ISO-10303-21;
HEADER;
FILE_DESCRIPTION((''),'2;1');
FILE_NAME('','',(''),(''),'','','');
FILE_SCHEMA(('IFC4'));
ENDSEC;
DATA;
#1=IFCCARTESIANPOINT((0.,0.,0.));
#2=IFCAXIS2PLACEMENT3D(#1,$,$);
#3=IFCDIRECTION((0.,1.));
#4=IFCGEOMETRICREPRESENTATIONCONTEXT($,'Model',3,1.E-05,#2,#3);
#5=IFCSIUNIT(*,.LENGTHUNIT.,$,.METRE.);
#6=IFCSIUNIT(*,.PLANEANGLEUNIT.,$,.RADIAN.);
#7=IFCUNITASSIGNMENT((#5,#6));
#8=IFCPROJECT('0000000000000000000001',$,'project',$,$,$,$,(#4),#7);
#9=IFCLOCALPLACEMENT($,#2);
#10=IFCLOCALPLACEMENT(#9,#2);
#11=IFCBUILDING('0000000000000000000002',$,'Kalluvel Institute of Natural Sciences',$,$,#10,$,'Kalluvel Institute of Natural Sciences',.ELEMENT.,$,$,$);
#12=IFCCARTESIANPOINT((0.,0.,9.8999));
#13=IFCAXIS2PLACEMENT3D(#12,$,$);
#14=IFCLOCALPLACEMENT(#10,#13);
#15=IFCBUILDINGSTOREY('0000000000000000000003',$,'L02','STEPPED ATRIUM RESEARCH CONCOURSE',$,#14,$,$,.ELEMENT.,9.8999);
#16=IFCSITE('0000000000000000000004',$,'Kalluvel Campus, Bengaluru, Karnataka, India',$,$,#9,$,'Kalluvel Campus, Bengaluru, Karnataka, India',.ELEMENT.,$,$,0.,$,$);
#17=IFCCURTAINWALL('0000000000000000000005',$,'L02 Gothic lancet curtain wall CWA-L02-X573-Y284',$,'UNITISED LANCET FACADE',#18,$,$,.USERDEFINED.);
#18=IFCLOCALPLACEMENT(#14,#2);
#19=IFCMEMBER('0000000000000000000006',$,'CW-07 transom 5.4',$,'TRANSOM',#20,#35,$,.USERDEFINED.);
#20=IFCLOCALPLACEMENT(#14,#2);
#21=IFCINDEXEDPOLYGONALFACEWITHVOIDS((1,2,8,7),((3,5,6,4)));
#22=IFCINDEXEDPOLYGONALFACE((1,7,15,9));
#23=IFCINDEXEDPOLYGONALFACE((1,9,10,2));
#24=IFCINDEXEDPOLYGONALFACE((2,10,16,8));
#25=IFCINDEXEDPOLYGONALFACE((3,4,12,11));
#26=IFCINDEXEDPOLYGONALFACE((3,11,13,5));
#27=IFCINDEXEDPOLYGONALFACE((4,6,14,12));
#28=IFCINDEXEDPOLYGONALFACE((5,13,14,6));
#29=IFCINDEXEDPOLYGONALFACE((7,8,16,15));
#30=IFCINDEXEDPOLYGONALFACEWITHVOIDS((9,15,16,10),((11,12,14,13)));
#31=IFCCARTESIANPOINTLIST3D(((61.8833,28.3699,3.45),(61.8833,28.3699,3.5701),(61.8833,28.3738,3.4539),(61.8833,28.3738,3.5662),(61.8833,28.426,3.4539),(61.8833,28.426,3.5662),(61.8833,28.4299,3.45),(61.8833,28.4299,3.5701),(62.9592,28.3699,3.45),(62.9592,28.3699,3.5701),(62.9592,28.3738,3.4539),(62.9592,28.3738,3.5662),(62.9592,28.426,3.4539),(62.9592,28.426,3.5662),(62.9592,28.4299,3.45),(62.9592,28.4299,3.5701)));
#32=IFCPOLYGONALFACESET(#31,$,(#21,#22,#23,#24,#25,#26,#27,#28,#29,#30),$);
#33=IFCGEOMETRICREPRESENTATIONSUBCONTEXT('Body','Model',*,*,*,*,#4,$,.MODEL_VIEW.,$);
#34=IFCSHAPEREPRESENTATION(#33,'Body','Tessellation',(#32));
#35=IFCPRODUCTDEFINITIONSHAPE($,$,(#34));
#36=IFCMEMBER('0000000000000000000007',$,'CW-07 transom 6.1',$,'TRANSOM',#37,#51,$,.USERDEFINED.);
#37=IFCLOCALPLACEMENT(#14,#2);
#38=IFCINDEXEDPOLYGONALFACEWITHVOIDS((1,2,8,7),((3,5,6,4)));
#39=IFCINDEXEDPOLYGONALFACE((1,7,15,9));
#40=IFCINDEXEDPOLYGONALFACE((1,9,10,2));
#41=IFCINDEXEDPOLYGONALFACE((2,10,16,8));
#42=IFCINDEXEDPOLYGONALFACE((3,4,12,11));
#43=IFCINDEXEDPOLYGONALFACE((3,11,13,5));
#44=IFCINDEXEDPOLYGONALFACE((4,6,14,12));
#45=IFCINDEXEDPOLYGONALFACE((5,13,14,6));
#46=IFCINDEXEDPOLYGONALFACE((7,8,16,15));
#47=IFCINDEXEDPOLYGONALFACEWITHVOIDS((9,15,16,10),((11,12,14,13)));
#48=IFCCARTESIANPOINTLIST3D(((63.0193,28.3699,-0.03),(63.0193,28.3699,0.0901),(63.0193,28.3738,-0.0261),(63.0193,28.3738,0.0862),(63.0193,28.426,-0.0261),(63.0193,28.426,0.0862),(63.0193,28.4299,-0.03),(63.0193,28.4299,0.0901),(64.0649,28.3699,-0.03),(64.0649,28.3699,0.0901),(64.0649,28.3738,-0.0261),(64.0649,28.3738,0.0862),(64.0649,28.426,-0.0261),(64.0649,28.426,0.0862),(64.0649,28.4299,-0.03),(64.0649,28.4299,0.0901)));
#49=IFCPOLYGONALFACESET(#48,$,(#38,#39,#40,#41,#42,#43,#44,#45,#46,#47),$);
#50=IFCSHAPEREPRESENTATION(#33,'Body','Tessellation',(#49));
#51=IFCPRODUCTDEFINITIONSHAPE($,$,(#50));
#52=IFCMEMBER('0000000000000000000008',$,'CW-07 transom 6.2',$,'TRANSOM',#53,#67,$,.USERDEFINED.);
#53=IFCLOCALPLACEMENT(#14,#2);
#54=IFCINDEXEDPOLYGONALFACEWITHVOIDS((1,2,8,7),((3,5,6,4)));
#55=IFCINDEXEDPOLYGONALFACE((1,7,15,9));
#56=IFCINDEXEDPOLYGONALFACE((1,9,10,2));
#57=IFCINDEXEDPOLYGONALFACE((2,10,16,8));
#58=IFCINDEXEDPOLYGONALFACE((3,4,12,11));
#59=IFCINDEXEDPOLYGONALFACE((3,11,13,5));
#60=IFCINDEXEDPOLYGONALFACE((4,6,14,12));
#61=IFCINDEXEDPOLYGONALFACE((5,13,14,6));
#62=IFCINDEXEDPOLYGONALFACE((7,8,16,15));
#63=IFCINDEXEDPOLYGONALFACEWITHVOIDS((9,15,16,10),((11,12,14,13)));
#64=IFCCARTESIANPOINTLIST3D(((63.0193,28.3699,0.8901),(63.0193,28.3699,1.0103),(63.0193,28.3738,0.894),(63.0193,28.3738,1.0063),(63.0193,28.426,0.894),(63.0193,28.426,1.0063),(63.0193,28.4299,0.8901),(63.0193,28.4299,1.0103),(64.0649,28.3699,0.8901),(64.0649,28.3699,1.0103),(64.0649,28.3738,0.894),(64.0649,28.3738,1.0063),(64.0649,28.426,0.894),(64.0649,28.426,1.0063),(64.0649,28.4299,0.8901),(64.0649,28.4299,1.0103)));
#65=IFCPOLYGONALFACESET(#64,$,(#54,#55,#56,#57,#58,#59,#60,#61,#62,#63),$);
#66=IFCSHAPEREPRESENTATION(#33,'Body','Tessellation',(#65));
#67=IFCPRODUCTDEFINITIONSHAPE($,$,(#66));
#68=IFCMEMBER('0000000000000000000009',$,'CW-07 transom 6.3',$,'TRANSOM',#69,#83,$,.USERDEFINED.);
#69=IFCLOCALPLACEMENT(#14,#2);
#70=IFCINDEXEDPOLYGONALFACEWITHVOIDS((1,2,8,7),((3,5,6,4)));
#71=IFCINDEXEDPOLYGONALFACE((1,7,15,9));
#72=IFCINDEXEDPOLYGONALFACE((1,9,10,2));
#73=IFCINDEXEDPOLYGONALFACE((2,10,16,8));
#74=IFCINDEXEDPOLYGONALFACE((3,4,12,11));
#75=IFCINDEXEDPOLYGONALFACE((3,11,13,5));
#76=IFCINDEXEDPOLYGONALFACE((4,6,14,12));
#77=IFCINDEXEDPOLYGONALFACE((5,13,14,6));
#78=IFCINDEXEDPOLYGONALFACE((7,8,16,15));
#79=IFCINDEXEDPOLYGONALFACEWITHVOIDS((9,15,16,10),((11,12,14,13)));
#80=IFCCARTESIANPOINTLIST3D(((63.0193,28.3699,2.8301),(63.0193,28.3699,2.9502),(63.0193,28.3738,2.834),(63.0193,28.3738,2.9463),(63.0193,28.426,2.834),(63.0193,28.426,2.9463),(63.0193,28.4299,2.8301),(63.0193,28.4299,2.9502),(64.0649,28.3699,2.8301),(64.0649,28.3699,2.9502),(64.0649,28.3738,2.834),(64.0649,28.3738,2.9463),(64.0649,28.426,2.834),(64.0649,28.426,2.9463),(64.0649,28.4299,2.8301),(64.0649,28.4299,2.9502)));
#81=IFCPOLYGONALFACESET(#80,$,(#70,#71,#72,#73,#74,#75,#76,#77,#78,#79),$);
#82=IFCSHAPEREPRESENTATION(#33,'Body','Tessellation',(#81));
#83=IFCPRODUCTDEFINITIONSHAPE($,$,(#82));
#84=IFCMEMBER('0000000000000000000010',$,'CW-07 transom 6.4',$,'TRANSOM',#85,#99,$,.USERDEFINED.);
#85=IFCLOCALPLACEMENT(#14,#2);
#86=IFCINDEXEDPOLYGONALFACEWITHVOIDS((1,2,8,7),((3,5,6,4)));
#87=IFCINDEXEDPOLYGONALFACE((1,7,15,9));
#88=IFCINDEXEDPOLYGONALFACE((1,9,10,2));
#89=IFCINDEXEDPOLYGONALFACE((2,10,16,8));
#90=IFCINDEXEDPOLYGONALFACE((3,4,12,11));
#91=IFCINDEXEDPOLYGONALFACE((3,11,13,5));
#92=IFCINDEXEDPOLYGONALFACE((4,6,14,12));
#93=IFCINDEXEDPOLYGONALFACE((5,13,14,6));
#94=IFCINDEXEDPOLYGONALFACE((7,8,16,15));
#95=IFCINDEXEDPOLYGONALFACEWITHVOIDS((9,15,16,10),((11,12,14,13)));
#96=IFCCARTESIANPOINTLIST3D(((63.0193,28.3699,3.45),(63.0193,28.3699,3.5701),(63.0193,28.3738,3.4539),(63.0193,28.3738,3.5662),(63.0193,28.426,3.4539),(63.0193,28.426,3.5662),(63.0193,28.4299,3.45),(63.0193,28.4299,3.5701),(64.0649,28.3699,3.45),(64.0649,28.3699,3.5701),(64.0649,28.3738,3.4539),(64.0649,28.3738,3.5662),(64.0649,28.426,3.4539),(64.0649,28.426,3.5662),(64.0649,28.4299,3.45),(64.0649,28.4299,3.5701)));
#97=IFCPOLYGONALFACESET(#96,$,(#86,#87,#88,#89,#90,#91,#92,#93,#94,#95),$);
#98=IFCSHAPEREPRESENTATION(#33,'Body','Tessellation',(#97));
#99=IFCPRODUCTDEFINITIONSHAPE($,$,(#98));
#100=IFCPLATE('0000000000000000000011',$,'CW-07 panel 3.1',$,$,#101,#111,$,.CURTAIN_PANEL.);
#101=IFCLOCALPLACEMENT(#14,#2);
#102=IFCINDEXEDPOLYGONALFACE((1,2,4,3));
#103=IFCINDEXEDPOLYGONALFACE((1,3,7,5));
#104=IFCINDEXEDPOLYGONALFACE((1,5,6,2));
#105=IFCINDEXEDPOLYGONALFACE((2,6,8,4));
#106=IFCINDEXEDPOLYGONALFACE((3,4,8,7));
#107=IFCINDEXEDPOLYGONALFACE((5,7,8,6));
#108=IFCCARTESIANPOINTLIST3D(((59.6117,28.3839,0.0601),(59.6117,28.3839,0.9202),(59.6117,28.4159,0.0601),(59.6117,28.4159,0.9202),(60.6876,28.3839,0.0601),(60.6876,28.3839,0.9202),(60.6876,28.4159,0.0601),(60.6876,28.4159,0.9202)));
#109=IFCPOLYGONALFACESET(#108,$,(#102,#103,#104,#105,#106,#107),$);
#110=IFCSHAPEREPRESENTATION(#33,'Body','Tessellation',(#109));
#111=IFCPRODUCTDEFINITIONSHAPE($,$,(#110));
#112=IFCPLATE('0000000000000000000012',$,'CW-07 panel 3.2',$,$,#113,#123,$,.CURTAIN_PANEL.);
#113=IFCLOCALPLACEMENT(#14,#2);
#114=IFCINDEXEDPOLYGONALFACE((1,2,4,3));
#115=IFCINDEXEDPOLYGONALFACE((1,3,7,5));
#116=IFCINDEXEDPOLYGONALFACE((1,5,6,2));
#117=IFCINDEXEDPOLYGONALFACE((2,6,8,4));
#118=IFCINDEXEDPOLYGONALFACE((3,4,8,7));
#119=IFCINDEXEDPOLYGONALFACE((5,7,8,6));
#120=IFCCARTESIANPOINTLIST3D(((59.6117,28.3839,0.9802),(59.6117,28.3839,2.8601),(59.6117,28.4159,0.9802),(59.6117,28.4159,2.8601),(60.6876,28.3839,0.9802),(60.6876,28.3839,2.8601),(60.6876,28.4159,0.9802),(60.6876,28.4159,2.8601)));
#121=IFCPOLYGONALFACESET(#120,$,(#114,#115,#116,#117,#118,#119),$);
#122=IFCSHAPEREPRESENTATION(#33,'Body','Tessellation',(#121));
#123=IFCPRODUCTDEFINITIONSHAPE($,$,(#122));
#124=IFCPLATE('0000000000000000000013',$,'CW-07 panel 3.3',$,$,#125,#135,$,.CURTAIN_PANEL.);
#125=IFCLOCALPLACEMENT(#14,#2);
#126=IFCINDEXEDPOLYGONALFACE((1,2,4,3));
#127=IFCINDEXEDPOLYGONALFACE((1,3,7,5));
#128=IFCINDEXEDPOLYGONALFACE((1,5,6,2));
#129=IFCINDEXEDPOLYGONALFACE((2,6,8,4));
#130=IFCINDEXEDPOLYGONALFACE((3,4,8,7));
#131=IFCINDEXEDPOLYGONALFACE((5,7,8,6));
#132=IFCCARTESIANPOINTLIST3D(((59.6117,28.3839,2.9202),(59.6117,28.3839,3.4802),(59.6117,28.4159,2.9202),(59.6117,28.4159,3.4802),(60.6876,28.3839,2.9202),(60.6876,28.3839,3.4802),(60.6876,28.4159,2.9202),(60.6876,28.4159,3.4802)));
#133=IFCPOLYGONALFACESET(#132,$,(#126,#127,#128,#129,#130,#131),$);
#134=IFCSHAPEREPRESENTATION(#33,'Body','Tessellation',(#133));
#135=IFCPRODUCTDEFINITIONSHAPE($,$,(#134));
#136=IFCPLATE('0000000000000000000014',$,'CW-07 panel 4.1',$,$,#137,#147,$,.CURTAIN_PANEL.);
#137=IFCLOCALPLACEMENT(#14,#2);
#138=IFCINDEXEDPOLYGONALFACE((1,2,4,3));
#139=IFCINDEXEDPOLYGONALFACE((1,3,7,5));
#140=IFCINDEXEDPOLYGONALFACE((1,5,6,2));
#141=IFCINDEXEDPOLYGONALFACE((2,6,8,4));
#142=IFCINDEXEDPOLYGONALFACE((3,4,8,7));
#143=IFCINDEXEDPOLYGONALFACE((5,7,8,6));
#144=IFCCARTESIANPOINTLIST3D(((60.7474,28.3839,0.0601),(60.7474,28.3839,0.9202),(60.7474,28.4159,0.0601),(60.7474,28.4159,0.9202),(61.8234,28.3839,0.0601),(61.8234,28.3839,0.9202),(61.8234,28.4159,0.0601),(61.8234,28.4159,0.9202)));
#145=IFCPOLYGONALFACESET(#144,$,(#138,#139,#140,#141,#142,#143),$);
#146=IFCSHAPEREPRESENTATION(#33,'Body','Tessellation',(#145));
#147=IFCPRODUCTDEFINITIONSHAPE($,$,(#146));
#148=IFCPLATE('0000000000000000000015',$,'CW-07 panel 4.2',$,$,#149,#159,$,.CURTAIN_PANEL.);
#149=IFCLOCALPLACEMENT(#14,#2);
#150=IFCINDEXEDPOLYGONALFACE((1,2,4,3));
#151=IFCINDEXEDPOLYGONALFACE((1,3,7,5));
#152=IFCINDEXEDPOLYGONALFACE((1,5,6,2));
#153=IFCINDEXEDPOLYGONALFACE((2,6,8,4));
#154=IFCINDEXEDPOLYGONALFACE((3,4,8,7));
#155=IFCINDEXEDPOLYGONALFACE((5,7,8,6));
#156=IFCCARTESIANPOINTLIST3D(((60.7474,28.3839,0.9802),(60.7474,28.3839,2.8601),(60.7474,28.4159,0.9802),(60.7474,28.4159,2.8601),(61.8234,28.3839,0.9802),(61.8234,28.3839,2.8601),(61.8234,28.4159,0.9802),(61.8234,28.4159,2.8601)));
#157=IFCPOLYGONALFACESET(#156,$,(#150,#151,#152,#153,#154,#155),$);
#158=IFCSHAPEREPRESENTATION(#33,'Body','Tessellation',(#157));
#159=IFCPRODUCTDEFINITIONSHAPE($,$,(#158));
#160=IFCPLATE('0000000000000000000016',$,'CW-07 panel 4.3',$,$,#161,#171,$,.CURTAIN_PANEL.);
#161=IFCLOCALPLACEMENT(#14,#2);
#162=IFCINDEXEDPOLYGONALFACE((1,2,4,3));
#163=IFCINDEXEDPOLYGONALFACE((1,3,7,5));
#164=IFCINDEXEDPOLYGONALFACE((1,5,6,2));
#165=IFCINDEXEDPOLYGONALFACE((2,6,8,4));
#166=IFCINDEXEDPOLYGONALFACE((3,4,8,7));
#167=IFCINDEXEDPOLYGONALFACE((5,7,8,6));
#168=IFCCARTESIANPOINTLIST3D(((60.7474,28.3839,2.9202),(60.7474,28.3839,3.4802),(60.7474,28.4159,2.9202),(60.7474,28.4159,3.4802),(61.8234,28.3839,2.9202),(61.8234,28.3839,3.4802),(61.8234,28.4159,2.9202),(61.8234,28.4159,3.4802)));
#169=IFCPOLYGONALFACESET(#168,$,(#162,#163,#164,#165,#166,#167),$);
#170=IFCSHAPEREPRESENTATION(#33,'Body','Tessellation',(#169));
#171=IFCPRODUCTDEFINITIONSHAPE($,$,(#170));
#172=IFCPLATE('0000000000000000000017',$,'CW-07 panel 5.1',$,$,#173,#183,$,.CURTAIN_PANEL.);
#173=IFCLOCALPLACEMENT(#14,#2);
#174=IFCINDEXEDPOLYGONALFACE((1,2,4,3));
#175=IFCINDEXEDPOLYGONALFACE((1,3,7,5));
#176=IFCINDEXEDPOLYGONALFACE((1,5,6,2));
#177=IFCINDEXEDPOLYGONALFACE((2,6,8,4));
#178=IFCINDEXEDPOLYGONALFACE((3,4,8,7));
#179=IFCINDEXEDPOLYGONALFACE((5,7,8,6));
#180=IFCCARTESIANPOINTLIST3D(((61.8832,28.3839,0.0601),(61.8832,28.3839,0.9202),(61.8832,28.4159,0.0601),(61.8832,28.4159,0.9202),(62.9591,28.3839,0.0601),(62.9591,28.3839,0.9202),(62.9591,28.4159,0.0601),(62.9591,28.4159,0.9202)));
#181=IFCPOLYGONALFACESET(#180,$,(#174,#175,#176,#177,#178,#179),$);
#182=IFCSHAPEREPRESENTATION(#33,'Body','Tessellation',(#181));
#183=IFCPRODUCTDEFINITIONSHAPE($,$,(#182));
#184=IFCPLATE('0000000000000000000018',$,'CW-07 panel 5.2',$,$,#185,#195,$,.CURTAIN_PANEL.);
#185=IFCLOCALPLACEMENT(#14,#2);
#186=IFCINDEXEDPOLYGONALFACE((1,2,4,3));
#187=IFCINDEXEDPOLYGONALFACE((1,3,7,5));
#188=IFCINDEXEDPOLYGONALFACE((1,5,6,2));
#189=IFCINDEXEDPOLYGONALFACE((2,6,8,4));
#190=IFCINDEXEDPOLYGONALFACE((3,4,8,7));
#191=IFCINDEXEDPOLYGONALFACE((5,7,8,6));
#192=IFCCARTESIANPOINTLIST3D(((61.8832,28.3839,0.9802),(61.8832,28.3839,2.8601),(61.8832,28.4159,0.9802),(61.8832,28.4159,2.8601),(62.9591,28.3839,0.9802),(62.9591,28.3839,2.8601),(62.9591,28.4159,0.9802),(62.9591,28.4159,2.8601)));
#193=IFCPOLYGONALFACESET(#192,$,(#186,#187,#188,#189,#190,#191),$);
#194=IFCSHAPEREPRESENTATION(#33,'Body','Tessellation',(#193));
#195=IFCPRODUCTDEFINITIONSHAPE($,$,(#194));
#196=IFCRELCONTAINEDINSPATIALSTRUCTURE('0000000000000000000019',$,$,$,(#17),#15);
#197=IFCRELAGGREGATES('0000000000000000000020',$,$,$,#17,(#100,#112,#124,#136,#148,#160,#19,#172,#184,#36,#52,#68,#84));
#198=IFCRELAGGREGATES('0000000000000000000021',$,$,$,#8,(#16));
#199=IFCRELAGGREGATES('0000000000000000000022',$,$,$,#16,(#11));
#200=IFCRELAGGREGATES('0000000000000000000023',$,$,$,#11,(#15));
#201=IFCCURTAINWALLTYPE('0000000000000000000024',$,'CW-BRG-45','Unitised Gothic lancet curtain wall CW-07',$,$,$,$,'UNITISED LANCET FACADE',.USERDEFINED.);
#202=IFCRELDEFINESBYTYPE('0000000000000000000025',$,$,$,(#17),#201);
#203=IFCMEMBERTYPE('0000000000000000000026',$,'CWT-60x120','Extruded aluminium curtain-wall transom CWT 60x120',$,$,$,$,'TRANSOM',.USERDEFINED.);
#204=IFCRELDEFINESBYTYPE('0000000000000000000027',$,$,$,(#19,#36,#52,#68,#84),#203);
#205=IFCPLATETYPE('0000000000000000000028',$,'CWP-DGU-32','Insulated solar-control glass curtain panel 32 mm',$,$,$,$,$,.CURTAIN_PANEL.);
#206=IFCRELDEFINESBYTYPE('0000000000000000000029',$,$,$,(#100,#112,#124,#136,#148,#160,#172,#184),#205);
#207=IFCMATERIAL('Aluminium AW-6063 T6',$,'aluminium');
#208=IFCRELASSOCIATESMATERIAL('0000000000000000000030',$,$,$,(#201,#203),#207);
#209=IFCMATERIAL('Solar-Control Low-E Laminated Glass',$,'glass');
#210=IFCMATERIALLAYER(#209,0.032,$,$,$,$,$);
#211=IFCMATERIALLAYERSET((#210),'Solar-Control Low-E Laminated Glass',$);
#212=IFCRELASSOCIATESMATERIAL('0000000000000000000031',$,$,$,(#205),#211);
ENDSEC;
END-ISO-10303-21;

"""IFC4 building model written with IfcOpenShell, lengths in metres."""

from ifc_helpers import new_model, si_unit, direction, frame, origin, origin_2d, place, context, subcontext, project, spatial, rectangle, hollow_rectangle, extrude, material, layer, layer_set, material_profile, profile_set, type_object, element, aggregate, save


model = new_model("IFC4")

# Units and contexts
model_context = context("Model", 3, precision=1e-05, world=origin(), true_north=direction((0.0, 1.0)))
body_context = subcontext(model_context, "Body", "Model", "MODEL_VIEW")
ifc_project = project(units=[si_unit("LENGTHUNIT", "METRE"), si_unit("PLANEANGLEUNIT", "RADIAN")], contexts=[model_context])

# Site, building, storey
site_placement = place(None, origin())
site = spatial("IfcSite", under=ifc_project, at=site_placement, Name="Kalluvel Campus, Bengaluru, Karnataka, India", LongName="Kalluvel Campus, Bengaluru, Karnataka, India", CompositionType="ELEMENT", RefElevation=0.0)
building_placement = place(site_placement, origin())
building = spatial("IfcBuilding", under=site, at=building_placement, Name="Kalluvel Institute of Natural Sciences", LongName="Kalluvel Institute of Natural Sciences", CompositionType="ELEMENT")
storey_placement = place(building_placement, frame((0.0, 0.0, 9.8999)))
storey = spatial("IfcBuildingStorey", under=building, at=storey_placement, Name="L02", Description="STEPPED ATRIUM RESEARCH CONCOURSE", CompositionType="ELEMENT", Elevation=9.8999)

# Curtain wall, members, plates
ifc_material_1 = material(Name="Aluminium AW-6063 T6", Category="aluminium")
curtain_wall_type = type_object("IfcCurtainWallType", Name="CW-BRG-45", Description="Unitised Gothic lancet curtain wall CW-07", ElementType="UNITISED LANCET FACADE", PredefinedType="USERDEFINED", material=ifc_material_1)
curtain_wall_placement = place(storey_placement, origin())
curtain_wall = element("IfcCurtainWall", 1, at=curtain_wall_placement, inside=storey, type_object=curtain_wall_type, Name="L02 Gothic lancet curtain wall CWA-L02-X573-Y284", ObjectType="UNITISED LANCET FACADE", PredefinedType="USERDEFINED")
ifc_material_profile_1 = material_profile(ifc_material_1, hollow_rectangle(XDim=0.0601, YDim=0.1201, WallThickness=0.0039, at=origin_2d()), Name="CWT 60x120")
ifc_profile_set_1 = profile_set([ifc_material_profile_1], Name="Aluminium AW-6063 T6")
member_type_1 = type_object("IfcMemberType", Name="CWT-60x120", Description="Extruded aluminium curtain-wall transom CWT 60x120", ElementType="TRANSOM", PredefinedType="USERDEFINED", material=ifc_profile_set_1)
member_1_placement = place(storey_placement, frame((61.8833, 28.3999, 3.51), z_axis=(1.0, 0.0, 0.0), x_axis=(0.0, 1.0, 0.0)))
member_1 = element("IfcMember", 2, at=member_1_placement, type_object=member_type_1, Name="CW-07 transom 5.4", ObjectType="TRANSOM", PredefinedType="USERDEFINED", context=body_context, shape_type="SweptSolid", body=[
    extrude(hollow_rectangle(XDim=0.0601, YDim=0.1201, WallThickness=0.0039, at=origin_2d()), origin(), (0.0, 0.0, 1.0), 1.0759),
])
member_2_placement = place(storey_placement, frame((63.0193, 28.3999, 0.03), z_axis=(1.0, 0.0, 0.0), x_axis=(0.0, 1.0, 0.0)))
member_2 = element("IfcMember", 3, at=member_2_placement, type_object=member_type_1, Name="CW-07 transom 6.1", ObjectType="TRANSOM", PredefinedType="USERDEFINED", context=body_context, shape_type="SweptSolid", body=[
    extrude(hollow_rectangle(XDim=0.0601, YDim=0.1201, WallThickness=0.0039, at=origin_2d()), origin(), (0.0, 0.0, 1.0), 1.0457),
])
member_3_placement = place(storey_placement, frame((63.0193, 28.3999, 0.9502), z_axis=(1.0, 0.0, 0.0), x_axis=(0.0, 1.0, 0.0)))
member_3 = element("IfcMember", 4, at=member_3_placement, type_object=member_type_1, Name="CW-07 transom 6.2", ObjectType="TRANSOM", PredefinedType="USERDEFINED", context=body_context, shape_type="SweptSolid", body=[
    extrude(hollow_rectangle(XDim=0.0601, YDim=0.1201, WallThickness=0.0039, at=origin_2d()), origin(), (0.0, 0.0, 1.0), 1.0457),
])
member_4_placement = place(storey_placement, frame((63.0193, 28.3999, 2.8901), z_axis=(1.0, 0.0, 0.0), x_axis=(0.0, 1.0, 0.0)))
member_4 = element("IfcMember", 5, at=member_4_placement, type_object=member_type_1, Name="CW-07 transom 6.3", ObjectType="TRANSOM", PredefinedType="USERDEFINED", context=body_context, shape_type="SweptSolid", body=[
    extrude(hollow_rectangle(XDim=0.0601, YDim=0.1201, WallThickness=0.0039, at=origin_2d()), origin(), (0.0, 0.0, 1.0), 1.0457),
])
member_5_placement = place(storey_placement, frame((63.0193, 28.3999, 3.51), z_axis=(1.0, 0.0, 0.0), x_axis=(0.0, 1.0, 0.0)))
member_5 = element("IfcMember", 6, at=member_5_placement, type_object=member_type_1, Name="CW-07 transom 6.4", ObjectType="TRANSOM", PredefinedType="USERDEFINED", context=body_context, shape_type="SweptSolid", body=[
    extrude(hollow_rectangle(XDim=0.0601, YDim=0.1201, WallThickness=0.0039, at=origin_2d()), origin(), (0.0, 0.0, 1.0), 1.0457),
])
ifc_material_2 = material(Name="Solar-Control Low-E Laminated Glass", Category="glass")
ifc_layer = layer(ifc_material_2, 0.032)
ifc_layer_set = layer_set([ifc_layer], Name="Solar-Control Low-E Laminated Glass")
plate_type = type_object("IfcPlateType", Name="CWP-DGU-32", Description="Insulated solar-control glass curtain panel 32 mm", PredefinedType="CURTAIN_PANEL", material=ifc_layer_set)
plate_1_placement = place(storey_placement, frame((60.1497, 28.3999, 0.0601), z_axis=(0.0, 0.0, 1.0), x_axis=(1.0, 0.0, 0.0)))
plate_1 = element("IfcPlate", 7, at=plate_1_placement, type_object=plate_type, Name="CW-07 panel 3.1", PredefinedType="CURTAIN_PANEL", context=body_context, shape_type="SweptSolid", body=[
    extrude(rectangle(XDim=1.0759, YDim=0.032, at=origin_2d()), origin(), (0.0, 0.0, 1.0), 0.8601),
])
plate_2_placement = place(storey_placement, frame((60.1497, 28.3999, 0.9802), z_axis=(0.0, 0.0, 1.0), x_axis=(1.0, 0.0, 0.0)))
plate_2 = element("IfcPlate", 8, at=plate_2_placement, type_object=plate_type, Name="CW-07 panel 3.2", PredefinedType="CURTAIN_PANEL", context=body_context, shape_type="SweptSolid", body=[
    extrude(rectangle(XDim=1.0759, YDim=0.032, at=origin_2d()), origin(), (0.0, 0.0, 1.0), 1.8799),
])
plate_3_placement = place(storey_placement, frame((60.1497, 28.3999, 2.9202), z_axis=(0.0, 0.0, 1.0), x_axis=(1.0, 0.0, 0.0)))
plate_3 = element("IfcPlate", 9, at=plate_3_placement, type_object=plate_type, Name="CW-07 panel 3.3", PredefinedType="CURTAIN_PANEL", context=body_context, shape_type="SweptSolid", body=[
    extrude(rectangle(XDim=1.0759, YDim=0.032, at=origin_2d()), origin(), (0.0, 0.0, 1.0), 0.5601),
])
plate_4_placement = place(storey_placement, frame((61.2854, 28.3999, 0.0601), z_axis=(0.0, 0.0, 1.0), x_axis=(1.0, 0.0, 0.0)))
plate_4 = element("IfcPlate", 10, at=plate_4_placement, type_object=plate_type, Name="CW-07 panel 4.1", PredefinedType="CURTAIN_PANEL", context=body_context, shape_type="SweptSolid", body=[
    extrude(rectangle(XDim=1.0759, YDim=0.032, at=origin_2d()), origin(), (0.0, 0.0, 1.0), 0.8601),
])
plate_5_placement = place(storey_placement, frame((61.2854, 28.3999, 0.9802), z_axis=(0.0, 0.0, 1.0), x_axis=(1.0, 0.0, 0.0)))
plate_5 = element("IfcPlate", 11, at=plate_5_placement, type_object=plate_type, Name="CW-07 panel 4.2", PredefinedType="CURTAIN_PANEL", context=body_context, shape_type="SweptSolid", body=[
    extrude(rectangle(XDim=1.0759, YDim=0.032, at=origin_2d()), origin(), (0.0, 0.0, 1.0), 1.8799),
])
plate_6_placement = place(storey_placement, frame((61.2854, 28.3999, 2.9202), z_axis=(0.0, 0.0, 1.0), x_axis=(1.0, 0.0, 0.0)))
plate_6 = element("IfcPlate", 12, at=plate_6_placement, type_object=plate_type, Name="CW-07 panel 4.3", PredefinedType="CURTAIN_PANEL", context=body_context, shape_type="SweptSolid", body=[
    extrude(rectangle(XDim=1.0759, YDim=0.032, at=origin_2d()), origin(), (0.0, 0.0, 1.0), 0.5601),
])
plate_7_placement = place(storey_placement, frame((62.4211, 28.3999, 0.0601), z_axis=(0.0, 0.0, 1.0), x_axis=(1.0, 0.0, 0.0)))
plate_7 = element("IfcPlate", 13, at=plate_7_placement, type_object=plate_type, Name="CW-07 panel 5.1", PredefinedType="CURTAIN_PANEL", context=body_context, shape_type="SweptSolid", body=[
    extrude(rectangle(XDim=1.0759, YDim=0.032, at=origin_2d()), origin(), (0.0, 0.0, 1.0), 0.8601),
])
plate_8_placement = place(storey_placement, frame((62.4211, 28.3999, 0.9802), z_axis=(0.0, 0.0, 1.0), x_axis=(1.0, 0.0, 0.0)))
plate_8 = element("IfcPlate", 14, at=plate_8_placement, type_object=plate_type, Name="CW-07 panel 5.2", PredefinedType="CURTAIN_PANEL", context=body_context, shape_type="SweptSolid", body=[
    extrude(rectangle(XDim=1.0759, YDim=0.032, at=origin_2d()), origin(), (0.0, 0.0, 1.0), 1.8799),
])
aggregate(curtain_wall, [plate_1, plate_2, plate_3, plate_4, plate_5, plate_6, member_1, plate_7, plate_8, member_2, member_3, member_4, member_5])

save(model, "model.ifc")
